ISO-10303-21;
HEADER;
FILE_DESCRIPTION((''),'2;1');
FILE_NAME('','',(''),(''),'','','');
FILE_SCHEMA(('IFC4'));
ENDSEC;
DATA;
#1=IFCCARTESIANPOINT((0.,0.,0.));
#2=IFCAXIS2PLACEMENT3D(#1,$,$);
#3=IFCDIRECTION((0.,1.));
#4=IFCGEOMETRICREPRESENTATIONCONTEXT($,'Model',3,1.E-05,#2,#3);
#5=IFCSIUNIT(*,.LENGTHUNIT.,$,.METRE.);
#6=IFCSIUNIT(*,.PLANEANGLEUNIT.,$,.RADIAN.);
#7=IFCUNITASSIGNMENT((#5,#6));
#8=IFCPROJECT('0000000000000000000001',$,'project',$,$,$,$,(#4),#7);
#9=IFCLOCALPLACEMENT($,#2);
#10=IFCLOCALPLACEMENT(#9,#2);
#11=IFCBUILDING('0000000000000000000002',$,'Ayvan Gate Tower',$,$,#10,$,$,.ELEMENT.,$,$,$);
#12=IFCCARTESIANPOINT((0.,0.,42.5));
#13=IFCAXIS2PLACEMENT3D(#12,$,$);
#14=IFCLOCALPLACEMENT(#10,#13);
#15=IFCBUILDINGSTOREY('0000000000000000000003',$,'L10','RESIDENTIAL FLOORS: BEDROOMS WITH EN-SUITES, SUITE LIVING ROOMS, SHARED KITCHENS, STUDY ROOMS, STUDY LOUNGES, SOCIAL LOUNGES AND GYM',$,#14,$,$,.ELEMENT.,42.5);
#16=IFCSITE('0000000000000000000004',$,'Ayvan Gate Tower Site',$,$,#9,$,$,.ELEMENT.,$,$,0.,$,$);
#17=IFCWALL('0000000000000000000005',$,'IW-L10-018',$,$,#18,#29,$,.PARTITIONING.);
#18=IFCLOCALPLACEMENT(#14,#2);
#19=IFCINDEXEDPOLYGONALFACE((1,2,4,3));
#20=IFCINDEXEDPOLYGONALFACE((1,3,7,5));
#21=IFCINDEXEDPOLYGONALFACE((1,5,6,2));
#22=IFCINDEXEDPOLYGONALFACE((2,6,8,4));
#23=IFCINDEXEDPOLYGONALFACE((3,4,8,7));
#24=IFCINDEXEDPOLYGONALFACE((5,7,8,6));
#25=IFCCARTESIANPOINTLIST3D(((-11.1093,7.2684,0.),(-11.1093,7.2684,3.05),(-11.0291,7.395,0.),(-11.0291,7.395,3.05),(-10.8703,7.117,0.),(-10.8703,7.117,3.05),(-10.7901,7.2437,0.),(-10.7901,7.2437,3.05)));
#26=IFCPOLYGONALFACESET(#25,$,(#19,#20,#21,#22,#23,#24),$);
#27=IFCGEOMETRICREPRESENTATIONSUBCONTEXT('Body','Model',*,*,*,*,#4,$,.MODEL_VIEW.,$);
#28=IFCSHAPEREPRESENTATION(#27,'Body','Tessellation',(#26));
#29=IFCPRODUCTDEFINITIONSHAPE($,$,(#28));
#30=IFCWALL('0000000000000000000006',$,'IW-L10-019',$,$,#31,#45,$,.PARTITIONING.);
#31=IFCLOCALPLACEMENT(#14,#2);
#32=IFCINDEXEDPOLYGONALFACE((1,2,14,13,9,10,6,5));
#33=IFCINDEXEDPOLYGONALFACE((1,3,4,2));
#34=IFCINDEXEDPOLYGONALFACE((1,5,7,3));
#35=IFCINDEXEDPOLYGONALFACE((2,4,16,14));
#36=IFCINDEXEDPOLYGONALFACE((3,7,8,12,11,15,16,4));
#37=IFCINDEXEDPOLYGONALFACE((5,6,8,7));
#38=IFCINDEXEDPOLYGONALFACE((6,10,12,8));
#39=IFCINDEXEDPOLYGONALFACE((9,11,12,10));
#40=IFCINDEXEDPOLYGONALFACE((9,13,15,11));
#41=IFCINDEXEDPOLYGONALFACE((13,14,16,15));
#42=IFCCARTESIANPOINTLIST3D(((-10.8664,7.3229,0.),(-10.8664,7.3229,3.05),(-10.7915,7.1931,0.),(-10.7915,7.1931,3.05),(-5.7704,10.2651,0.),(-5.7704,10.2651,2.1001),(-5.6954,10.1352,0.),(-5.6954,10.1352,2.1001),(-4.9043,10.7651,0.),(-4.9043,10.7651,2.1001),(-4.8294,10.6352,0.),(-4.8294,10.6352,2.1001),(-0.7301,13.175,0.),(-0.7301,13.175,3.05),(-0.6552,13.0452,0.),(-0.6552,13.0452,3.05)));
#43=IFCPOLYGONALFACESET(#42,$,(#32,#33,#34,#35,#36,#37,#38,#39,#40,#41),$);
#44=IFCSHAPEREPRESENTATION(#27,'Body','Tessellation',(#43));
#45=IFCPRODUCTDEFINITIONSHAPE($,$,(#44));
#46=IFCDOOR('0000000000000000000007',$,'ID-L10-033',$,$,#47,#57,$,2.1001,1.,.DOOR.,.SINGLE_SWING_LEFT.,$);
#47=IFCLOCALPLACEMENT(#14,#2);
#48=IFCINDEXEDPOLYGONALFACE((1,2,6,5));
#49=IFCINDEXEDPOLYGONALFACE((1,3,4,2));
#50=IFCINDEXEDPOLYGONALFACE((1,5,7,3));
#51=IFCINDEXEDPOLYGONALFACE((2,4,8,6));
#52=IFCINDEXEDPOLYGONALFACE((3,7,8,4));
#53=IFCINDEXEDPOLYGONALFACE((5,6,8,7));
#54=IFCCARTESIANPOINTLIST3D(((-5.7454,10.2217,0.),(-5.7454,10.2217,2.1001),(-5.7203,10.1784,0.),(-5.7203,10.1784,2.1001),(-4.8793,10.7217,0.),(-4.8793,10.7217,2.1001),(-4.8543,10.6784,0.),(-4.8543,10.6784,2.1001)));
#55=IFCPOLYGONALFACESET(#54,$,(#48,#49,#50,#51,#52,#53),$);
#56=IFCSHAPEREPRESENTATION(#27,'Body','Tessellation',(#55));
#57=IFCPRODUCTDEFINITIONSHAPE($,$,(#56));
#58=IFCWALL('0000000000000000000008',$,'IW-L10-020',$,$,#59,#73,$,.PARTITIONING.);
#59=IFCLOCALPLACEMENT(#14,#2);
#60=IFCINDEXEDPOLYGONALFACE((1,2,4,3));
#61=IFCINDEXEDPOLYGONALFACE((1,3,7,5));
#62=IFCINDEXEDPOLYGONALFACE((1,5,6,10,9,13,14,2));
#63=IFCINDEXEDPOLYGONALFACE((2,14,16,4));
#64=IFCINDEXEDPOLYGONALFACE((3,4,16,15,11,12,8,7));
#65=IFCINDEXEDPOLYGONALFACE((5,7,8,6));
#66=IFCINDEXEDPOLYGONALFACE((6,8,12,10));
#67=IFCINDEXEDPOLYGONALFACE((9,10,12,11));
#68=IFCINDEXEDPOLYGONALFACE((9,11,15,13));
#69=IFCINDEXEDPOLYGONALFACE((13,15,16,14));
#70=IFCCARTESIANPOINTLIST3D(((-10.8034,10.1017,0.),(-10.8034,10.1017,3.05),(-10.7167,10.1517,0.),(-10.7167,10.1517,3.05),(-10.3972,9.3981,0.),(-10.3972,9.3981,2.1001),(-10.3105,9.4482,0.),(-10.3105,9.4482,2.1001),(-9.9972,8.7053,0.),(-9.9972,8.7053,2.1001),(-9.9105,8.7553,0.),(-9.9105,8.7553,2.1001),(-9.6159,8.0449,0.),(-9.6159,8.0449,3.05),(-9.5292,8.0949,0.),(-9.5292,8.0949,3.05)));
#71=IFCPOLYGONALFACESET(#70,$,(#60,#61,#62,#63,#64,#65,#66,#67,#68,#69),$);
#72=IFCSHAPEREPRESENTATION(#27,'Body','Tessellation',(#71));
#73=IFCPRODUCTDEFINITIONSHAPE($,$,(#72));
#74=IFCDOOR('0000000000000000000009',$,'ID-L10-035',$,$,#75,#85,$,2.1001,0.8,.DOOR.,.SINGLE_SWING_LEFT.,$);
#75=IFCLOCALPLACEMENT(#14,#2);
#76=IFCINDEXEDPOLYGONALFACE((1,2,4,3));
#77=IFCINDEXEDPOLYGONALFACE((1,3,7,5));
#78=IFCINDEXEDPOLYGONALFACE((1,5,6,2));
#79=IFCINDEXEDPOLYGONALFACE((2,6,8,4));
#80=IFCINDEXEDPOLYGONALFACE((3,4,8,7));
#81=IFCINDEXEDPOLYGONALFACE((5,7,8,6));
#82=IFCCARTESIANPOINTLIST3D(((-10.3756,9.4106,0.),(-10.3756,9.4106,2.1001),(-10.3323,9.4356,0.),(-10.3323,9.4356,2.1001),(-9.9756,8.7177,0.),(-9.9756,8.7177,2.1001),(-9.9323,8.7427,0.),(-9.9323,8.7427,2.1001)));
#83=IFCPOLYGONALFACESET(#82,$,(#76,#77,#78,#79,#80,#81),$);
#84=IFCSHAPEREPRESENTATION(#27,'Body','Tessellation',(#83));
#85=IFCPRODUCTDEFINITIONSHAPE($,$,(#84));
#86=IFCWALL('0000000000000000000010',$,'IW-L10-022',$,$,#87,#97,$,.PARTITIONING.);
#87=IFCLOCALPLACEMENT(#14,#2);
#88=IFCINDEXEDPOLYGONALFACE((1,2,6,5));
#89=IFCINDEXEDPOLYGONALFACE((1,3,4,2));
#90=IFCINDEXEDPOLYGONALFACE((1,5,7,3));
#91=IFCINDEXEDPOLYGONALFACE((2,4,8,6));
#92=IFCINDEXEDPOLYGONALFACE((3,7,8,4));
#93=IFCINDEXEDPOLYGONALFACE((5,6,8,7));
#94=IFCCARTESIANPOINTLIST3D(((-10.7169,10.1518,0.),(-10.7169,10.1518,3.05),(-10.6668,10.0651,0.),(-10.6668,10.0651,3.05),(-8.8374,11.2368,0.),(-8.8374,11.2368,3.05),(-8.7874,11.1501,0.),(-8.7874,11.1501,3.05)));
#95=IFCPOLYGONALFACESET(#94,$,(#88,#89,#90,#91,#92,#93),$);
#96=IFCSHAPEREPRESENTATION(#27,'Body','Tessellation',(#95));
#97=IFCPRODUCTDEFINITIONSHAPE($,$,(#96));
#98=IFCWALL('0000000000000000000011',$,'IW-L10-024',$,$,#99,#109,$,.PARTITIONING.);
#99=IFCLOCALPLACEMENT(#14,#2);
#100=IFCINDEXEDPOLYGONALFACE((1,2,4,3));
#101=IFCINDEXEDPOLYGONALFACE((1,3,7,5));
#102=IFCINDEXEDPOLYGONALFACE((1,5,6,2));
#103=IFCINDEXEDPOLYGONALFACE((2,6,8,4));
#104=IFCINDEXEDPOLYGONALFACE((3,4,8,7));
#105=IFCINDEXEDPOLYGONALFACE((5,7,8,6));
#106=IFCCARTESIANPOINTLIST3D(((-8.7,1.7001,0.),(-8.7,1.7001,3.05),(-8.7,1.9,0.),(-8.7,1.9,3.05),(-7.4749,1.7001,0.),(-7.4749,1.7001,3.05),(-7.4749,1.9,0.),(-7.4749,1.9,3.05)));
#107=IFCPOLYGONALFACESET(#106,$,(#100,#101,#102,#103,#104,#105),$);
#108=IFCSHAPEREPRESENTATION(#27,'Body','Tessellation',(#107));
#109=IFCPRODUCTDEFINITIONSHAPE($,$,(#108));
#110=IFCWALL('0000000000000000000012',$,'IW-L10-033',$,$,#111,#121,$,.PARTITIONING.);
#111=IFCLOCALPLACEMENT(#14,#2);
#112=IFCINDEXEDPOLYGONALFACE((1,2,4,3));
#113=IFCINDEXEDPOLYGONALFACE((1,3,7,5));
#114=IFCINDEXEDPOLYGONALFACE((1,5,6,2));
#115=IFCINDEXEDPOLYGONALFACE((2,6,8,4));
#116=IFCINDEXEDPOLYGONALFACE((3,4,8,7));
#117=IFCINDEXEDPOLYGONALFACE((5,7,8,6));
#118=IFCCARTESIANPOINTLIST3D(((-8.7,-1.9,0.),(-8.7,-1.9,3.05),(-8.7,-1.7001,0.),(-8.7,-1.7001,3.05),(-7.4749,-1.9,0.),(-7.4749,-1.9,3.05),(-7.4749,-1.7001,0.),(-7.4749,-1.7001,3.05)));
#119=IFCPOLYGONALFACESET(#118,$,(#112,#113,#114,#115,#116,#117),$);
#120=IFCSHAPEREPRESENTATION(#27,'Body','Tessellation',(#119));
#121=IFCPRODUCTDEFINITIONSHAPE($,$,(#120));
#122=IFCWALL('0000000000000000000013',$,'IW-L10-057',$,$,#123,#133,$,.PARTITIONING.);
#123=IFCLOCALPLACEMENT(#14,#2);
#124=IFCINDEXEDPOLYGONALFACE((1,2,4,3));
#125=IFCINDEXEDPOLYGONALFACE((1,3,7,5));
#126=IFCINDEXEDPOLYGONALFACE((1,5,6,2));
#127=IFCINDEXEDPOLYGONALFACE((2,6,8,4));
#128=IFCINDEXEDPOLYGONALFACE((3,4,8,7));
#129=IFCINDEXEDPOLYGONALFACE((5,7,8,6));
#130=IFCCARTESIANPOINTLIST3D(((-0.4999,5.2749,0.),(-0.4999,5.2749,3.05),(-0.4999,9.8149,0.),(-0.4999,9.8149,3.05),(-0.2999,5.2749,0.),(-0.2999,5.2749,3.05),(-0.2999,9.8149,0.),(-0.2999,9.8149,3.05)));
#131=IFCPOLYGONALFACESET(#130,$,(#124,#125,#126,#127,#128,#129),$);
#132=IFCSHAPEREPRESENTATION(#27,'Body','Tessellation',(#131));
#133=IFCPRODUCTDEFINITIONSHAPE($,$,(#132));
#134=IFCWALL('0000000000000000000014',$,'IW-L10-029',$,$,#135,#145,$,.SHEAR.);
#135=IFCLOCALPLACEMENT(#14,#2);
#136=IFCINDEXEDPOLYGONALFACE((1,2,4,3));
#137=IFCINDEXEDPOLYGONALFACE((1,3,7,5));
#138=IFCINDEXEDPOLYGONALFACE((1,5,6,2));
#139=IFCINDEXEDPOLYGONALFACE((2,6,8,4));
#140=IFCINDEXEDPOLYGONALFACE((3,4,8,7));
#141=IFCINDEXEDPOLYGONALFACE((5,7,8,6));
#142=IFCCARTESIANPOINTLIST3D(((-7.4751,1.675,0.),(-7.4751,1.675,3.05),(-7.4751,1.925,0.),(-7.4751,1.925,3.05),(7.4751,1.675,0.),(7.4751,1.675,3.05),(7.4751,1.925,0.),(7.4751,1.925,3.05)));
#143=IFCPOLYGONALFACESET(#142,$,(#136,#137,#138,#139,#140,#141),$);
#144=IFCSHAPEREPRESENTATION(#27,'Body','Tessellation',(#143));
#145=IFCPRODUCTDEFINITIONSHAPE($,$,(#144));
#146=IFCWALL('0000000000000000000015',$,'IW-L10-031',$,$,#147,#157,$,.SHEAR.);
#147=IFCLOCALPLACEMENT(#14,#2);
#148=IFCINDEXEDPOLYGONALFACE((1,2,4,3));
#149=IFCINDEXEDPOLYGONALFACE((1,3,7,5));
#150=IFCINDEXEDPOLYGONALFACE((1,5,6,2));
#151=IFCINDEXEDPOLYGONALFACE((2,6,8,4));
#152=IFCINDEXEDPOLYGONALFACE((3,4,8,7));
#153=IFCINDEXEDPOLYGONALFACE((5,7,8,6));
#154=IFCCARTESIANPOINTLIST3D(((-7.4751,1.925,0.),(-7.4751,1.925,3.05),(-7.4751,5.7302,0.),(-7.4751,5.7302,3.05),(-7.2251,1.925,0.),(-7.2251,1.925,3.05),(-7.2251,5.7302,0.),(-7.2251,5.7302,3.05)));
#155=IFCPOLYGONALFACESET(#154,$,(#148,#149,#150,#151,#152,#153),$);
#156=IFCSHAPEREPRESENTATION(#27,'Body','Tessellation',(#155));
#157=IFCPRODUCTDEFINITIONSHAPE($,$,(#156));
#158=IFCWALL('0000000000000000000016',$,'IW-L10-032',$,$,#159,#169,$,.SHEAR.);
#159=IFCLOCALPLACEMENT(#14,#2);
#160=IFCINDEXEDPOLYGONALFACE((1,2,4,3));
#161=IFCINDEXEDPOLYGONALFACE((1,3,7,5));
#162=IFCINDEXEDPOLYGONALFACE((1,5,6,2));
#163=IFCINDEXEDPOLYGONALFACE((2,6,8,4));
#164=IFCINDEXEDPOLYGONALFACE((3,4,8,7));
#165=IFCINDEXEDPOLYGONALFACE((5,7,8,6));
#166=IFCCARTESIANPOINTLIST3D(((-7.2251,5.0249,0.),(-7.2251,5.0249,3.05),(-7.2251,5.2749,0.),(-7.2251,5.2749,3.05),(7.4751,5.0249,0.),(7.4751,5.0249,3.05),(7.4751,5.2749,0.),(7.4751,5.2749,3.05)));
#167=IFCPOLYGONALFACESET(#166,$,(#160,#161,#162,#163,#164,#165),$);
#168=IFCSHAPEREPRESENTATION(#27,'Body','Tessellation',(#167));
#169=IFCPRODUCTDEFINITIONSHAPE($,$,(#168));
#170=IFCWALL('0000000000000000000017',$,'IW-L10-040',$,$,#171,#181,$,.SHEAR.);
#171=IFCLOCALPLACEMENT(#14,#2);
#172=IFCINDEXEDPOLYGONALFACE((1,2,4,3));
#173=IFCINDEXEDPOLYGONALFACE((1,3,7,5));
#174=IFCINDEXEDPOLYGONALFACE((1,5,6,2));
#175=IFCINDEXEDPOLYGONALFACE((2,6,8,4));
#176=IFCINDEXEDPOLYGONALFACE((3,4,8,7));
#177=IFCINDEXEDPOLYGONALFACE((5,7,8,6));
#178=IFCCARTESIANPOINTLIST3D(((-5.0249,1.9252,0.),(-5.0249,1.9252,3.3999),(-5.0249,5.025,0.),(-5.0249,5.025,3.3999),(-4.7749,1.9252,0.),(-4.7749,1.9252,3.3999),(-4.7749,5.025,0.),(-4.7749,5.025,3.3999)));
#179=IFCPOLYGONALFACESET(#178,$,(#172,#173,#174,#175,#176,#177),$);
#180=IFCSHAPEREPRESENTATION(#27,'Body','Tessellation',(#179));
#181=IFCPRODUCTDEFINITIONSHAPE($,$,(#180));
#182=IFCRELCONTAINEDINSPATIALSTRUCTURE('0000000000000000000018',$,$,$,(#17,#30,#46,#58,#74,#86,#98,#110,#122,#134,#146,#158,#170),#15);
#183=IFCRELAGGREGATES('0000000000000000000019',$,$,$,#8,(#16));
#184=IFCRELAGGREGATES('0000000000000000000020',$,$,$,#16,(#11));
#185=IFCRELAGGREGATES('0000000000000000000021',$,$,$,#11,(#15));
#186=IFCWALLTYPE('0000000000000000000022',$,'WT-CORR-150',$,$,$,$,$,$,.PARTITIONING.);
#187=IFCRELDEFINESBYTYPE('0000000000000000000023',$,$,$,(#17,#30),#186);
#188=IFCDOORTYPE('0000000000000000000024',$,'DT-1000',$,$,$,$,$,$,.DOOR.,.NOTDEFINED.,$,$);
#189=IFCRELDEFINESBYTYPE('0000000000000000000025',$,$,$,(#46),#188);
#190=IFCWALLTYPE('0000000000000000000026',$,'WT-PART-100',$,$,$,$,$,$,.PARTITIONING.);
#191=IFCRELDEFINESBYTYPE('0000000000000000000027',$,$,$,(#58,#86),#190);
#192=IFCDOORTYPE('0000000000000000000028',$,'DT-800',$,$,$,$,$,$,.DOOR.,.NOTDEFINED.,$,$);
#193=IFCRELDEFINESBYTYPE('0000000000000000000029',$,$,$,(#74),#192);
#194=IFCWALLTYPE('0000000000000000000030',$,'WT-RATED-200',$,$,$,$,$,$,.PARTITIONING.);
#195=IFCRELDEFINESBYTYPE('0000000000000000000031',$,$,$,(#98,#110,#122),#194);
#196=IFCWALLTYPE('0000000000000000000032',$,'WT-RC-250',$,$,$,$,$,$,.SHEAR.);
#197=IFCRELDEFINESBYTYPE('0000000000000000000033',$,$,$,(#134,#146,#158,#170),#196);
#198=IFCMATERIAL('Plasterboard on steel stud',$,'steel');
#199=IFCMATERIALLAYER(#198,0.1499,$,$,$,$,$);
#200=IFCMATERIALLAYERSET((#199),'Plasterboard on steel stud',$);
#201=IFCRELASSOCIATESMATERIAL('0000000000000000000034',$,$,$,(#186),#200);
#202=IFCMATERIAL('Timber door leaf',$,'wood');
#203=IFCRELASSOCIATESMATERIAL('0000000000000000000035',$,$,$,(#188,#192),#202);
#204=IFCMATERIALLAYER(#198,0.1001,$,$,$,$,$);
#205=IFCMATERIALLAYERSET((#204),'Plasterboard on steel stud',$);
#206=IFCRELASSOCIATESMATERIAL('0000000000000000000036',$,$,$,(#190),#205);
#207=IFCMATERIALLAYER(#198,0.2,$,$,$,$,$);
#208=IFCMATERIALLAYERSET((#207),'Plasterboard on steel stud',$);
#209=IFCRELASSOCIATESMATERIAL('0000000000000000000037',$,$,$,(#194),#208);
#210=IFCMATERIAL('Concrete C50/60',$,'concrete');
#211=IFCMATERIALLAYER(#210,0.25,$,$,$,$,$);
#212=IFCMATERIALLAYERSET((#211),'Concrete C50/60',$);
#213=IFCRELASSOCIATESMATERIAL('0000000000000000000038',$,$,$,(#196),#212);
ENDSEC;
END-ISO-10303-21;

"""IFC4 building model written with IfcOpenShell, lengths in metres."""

from ifc_helpers import new_model, si_unit, direction, frame, frame_2d, origin, place, context, subcontext, project, spatial, rectangle, extrude, material, layer, layer_set, type_object, element, fill, save


model = new_model("IFC4")

# Units and contexts
model_context = context("Model", 3, precision=1e-05, world=origin(), true_north=direction((0.0, 1.0)))
body_context = subcontext(model_context, "Body", "Model", "MODEL_VIEW")
ifc_project = project(units=[si_unit("LENGTHUNIT", "METRE"), si_unit("PLANEANGLEUNIT", "RADIAN")], contexts=[model_context])

# Site, building, storey
site_placement = place(None, origin())
site = spatial("IfcSite", under=ifc_project, at=site_placement, Name="Ayvan Gate Tower Site", CompositionType="ELEMENT", RefElevation=0.0)
building_placement = place(site_placement, origin())
building = spatial("IfcBuilding", under=site, at=building_placement, Name="Ayvan Gate Tower", CompositionType="ELEMENT")
storey_placement = place(building_placement, frame((0.0, 0.0, 42.5)))
storey = spatial("IfcBuildingStorey", under=building, at=storey_placement, Name="L10", Description="RESIDENTIAL FLOORS: BEDROOMS WITH EN-SUITES, SUITE LIVING ROOMS, SHARED KITCHENS, STUDY ROOMS, STUDY LOUNGES, SOCIAL LOUNGES AND GYM", CompositionType="ELEMENT", Elevation=42.5)

# Shared definitions
ifc_material_1 = material(Name="Timber door leaf", Category="wood")

# Wall
ifc_material_2 = material(Name="Plasterboard on steel stud", Category="steel")
ifc_layer_1 = layer(ifc_material_2, 0.1499)
ifc_layer_set_1 = layer_set([ifc_layer_1], Name="Plasterboard on steel stud")
wall_type_1 = type_object("IfcWallType", Name="WT-CORR-150", PredefinedType="PARTITIONING", material=ifc_layer_set_1)
wall_1_placement = place(storey_placement, frame((-11.0693, 7.3318, 0.0), z_axis=(0.0, 0.0, 1.0), x_axis=(0.844832, -0.535032, 0.0)))
element("IfcWall", 1, at=wall_1_placement, inside=storey, type_object=wall_type_1, Name="IW-L10-018", PredefinedType="PARTITIONING", context=body_context, shape_type="SweptSolid", body=[
    extrude(rectangle(XDim=0.283, YDim=0.1499, at=frame_2d((0.1416, 0.0))), origin(), (0.0, 0.0, 1.0), 3.05),
])

# Walls, openings, doors
wall_2_placement = place(storey_placement, frame((-10.8289, 7.2581, 0.0), z_axis=(0.0, 0.0, 1.0), x_axis=(0.866029, 0.499993, 0.0)))
wall_2 = element("IfcWall", 2, at=wall_2_placement, inside=storey, type_object=wall_type_1, Name="IW-L10-019", PredefinedType="PARTITIONING", context=body_context, shape_type="SweptSolid", body=[
    extrude(rectangle(XDim=11.7043, YDim=0.1499, at=frame_2d((5.8521, 0.0))), origin(), (0.0, 0.0, 1.0), 3.05),
])
opening_1_placement = place(wall_2_placement, frame((5.8843, 0.0, 0.0)))
opening_1 = element("IfcOpeningElement", 3, at=opening_1_placement, cuts=wall_2, PredefinedType="OPENING", context=body_context, shape_type="SweptSolid", body=[
    extrude(rectangle(XDim=1.0, YDim=2.1001, at=frame_2d((0.5, 1.05))), frame((0.0, 0.085, 0.0), z_axis=(0.0, -1.0, 0.0), x_axis=(1.0, 0.0, 0.0)), (0.0, 0.0, 1.0), 0.1699),
])
door_type_1 = type_object("IfcDoorType", Name="DT-1000", OperationType="NOTDEFINED", PredefinedType="DOOR", material=ifc_material_1)
door_1_placement = place(opening_1_placement, origin())
door_1 = element("IfcDoor", 4, at=door_1_placement, inside=storey, type_object=door_type_1, Name="ID-L10-033", OperationType="SINGLE_SWING_LEFT", OverallHeight=2.1001, OverallWidth=1.0, PredefinedType="DOOR", context=body_context, shape_type="SweptSolid", body=[
    extrude(rectangle(XDim=1.0, YDim=2.1001, at=frame_2d((0.5, 1.05))), frame((0.0, 0.0249, 0.0), z_axis=(0.0, -1.0, 0.0), x_axis=(1.0, 0.0, 0.0)), (0.0, 0.0, 1.0), 0.05),
])
fill(opening_1, door_1)
ifc_layer_2 = layer(ifc_material_2, 0.1001)
ifc_layer_set_2 = layer_set([ifc_layer_2], Name="Plasterboard on steel stud")
wall_type_2 = type_object("IfcWallType", Name="WT-PART-100", PredefinedType="PARTITIONING", material=ifc_layer_set_2)
wall_3_placement = place(storey_placement, frame((-10.76, 10.1267, 0.0), z_axis=(0.0, 0.0, 1.0), x_axis=(0.499986, -0.866033, 0.0)))
wall_3 = element("IfcWall", 5, at=wall_3_placement, inside=storey, type_object=wall_type_2, Name="IW-L10-020", PredefinedType="PARTITIONING", context=body_context, shape_type="SweptSolid", body=[
    extrude(rectangle(XDim=2.375, YDim=0.1001, at=frame_2d((1.1875, 0.0))), origin(), (0.0, 0.0, 1.0), 3.05),
])
opening_2_placement = place(wall_3_placement, frame((0.8125, 0.0, 0.0)))
opening_2 = element("IfcOpeningElement", 6, at=opening_2_placement, cuts=wall_3, PredefinedType="OPENING", context=body_context, shape_type="SweptSolid", body=[
    extrude(rectangle(XDim=0.8, YDim=2.1001, at=frame_2d((0.3999, 1.05))), frame((0.0, 0.0601, 0.0), z_axis=(0.0, -1.0, 0.0), x_axis=(1.0, 0.0, 0.0)), (0.0, 0.0, 1.0), 0.1201),
])
door_type_2 = type_object("IfcDoorType", Name="DT-800", OperationType="NOTDEFINED", PredefinedType="DOOR", material=ifc_material_1)
door_2_placement = place(opening_2_placement, origin())
door_2 = element("IfcDoor", 7, at=door_2_placement, inside=storey, type_object=door_type_2, Name="ID-L10-035", OperationType="SINGLE_SWING_LEFT", OverallHeight=2.1001, OverallWidth=0.8, PredefinedType="DOOR", context=body_context, shape_type="SweptSolid", body=[
    extrude(rectangle(XDim=0.8, YDim=2.1001, at=frame_2d((0.3999, 1.05))), frame((0.0, 0.0249, 0.0), z_axis=(0.0, -1.0, 0.0), x_axis=(1.0, 0.0, 0.0)), (0.0, 0.0, 1.0), 0.05),
])
fill(opening_2, door_2)

# Walls
wall_4_placement = place(storey_placement, frame((-8.8125, 11.1934, 0.0), z_axis=(0.0, 0.0, 1.0), x_axis=(-0.866047, -0.499963, 0.0)))
element("IfcWall", 8, at=wall_4_placement, inside=storey, type_object=wall_type_2, Name="IW-L10-022", PredefinedType="PARTITIONING", context=body_context, shape_type="SweptSolid", body=[
    extrude(rectangle(XDim=2.1702, YDim=0.1001, at=frame_2d((1.085, 0.0))), origin(), (0.0, 0.0, 1.0), 3.05),
])
ifc_layer_3 = layer(ifc_material_2, 0.2)
ifc_layer_set_3 = layer_set([ifc_layer_3], Name="Plasterboard on steel stud")
wall_type_3 = type_object("IfcWallType", Name="WT-RATED-200", PredefinedType="PARTITIONING", material=ifc_layer_set_3)
for number, where, z_axis, x_axis, name in (
    (9, (-8.7, 1.8, 0.0), (0.0, 0.0, 1.0), (1.0, 0.0, 0.0), "IW-L10-024"),
    (10, (-7.4749, -1.8, 0.0), (0.0, 0.0, 1.0), (-1.0, 0.0, 0.0), "IW-L10-033"),
):
    element("IfcWall", number, at=place(storey_placement, frame(where, z_axis=z_axis, x_axis=x_axis)), inside=storey, type_object=wall_type_3, Name=name, PredefinedType="PARTITIONING", context=body_context, shape_type="SweptSolid", body=[
        extrude(rectangle(XDim=1.2251, YDim=0.2, at=frame_2d((0.6125, 0.0))), origin(), (0.0, 0.0, 1.0), 3.05),
    ])
wall_5_placement = place(storey_placement, frame((-0.3999, 9.8149, 0.0), z_axis=(0.0, 0.0, 1.0), x_axis=(0.0, -1.0, 0.0)))
element("IfcWall", 11, at=wall_5_placement, inside=storey, type_object=wall_type_3, Name="IW-L10-057", PredefinedType="PARTITIONING", context=body_context, shape_type="SweptSolid", body=[
    extrude(rectangle(XDim=4.54, YDim=0.2, at=frame_2d((2.27, 0.0))), origin(), (0.0, 0.0, 1.0), 3.05),
])
ifc_material_3 = material(Name="Concrete C50/60", Category="concrete")
ifc_layer_4 = layer(ifc_material_3, 0.25)
ifc_layer_set_4 = layer_set([ifc_layer_4], Name="Concrete C50/60")
wall_type_4 = type_object("IfcWallType", Name="WT-RC-250", PredefinedType="SHEAR", material=ifc_layer_set_4)
wall_6_placement = place(storey_placement, frame((-7.4751, 1.8, 0.0), z_axis=(0.0, 0.0, 1.0), x_axis=(1.0, 0.0, 0.0)))
element("IfcWall", 12, at=wall_6_placement, inside=storey, type_object=wall_type_4, Name="IW-L10-029", PredefinedType="SHEAR", context=body_context, shape_type="SweptSolid", body=[
    extrude(rectangle(XDim=14.9502, YDim=0.25, at=frame_2d((7.4751, 0.0))), origin(), (0.0, 0.0, 1.0), 3.05),
])
wall_7_placement = place(storey_placement, frame((-7.3501, 1.925, 0.0), z_axis=(0.0, 0.0, 1.0), x_axis=(0.0, 1.0, 0.0)))
element("IfcWall", 13, at=wall_7_placement, inside=storey, type_object=wall_type_4, Name="IW-L10-031", PredefinedType="SHEAR", context=body_context, shape_type="SweptSolid", body=[
    extrude(rectangle(XDim=3.8052, YDim=0.25, at=frame_2d((1.9026, 0.0))), origin(), (0.0, 0.0, 1.0), 3.05),
])
wall_8_placement = place(storey_placement, frame((-7.2251, 5.1499, 0.0), z_axis=(0.0, 0.0, 1.0), x_axis=(1.0, 0.0, 0.0)))
element("IfcWall", 14, at=wall_8_placement, inside=storey, type_object=wall_type_4, Name="IW-L10-032", PredefinedType="SHEAR", context=body_context, shape_type="SweptSolid", body=[
    extrude(rectangle(XDim=14.7002, YDim=0.25, at=frame_2d((7.3501, 0.0))), origin(), (0.0, 0.0, 1.0), 3.05),
])
wall_9_placement = place(storey_placement, frame((-4.8999, 5.0249, 0.0), z_axis=(0.0, 0.0, 1.0), x_axis=(0.0, -1.0, 0.0)))
element("IfcWall", 15, at=wall_9_placement, inside=storey, type_object=wall_type_4, Name="IW-L10-040", PredefinedType="SHEAR", context=body_context, shape_type="SweptSolid", body=[
    extrude(rectangle(XDim=3.0999, YDim=0.25, at=frame_2d((1.5498, 0.0))), origin(), (0.0, 0.0, 1.0), 3.3999),
])

save(model, "model.ifc")
